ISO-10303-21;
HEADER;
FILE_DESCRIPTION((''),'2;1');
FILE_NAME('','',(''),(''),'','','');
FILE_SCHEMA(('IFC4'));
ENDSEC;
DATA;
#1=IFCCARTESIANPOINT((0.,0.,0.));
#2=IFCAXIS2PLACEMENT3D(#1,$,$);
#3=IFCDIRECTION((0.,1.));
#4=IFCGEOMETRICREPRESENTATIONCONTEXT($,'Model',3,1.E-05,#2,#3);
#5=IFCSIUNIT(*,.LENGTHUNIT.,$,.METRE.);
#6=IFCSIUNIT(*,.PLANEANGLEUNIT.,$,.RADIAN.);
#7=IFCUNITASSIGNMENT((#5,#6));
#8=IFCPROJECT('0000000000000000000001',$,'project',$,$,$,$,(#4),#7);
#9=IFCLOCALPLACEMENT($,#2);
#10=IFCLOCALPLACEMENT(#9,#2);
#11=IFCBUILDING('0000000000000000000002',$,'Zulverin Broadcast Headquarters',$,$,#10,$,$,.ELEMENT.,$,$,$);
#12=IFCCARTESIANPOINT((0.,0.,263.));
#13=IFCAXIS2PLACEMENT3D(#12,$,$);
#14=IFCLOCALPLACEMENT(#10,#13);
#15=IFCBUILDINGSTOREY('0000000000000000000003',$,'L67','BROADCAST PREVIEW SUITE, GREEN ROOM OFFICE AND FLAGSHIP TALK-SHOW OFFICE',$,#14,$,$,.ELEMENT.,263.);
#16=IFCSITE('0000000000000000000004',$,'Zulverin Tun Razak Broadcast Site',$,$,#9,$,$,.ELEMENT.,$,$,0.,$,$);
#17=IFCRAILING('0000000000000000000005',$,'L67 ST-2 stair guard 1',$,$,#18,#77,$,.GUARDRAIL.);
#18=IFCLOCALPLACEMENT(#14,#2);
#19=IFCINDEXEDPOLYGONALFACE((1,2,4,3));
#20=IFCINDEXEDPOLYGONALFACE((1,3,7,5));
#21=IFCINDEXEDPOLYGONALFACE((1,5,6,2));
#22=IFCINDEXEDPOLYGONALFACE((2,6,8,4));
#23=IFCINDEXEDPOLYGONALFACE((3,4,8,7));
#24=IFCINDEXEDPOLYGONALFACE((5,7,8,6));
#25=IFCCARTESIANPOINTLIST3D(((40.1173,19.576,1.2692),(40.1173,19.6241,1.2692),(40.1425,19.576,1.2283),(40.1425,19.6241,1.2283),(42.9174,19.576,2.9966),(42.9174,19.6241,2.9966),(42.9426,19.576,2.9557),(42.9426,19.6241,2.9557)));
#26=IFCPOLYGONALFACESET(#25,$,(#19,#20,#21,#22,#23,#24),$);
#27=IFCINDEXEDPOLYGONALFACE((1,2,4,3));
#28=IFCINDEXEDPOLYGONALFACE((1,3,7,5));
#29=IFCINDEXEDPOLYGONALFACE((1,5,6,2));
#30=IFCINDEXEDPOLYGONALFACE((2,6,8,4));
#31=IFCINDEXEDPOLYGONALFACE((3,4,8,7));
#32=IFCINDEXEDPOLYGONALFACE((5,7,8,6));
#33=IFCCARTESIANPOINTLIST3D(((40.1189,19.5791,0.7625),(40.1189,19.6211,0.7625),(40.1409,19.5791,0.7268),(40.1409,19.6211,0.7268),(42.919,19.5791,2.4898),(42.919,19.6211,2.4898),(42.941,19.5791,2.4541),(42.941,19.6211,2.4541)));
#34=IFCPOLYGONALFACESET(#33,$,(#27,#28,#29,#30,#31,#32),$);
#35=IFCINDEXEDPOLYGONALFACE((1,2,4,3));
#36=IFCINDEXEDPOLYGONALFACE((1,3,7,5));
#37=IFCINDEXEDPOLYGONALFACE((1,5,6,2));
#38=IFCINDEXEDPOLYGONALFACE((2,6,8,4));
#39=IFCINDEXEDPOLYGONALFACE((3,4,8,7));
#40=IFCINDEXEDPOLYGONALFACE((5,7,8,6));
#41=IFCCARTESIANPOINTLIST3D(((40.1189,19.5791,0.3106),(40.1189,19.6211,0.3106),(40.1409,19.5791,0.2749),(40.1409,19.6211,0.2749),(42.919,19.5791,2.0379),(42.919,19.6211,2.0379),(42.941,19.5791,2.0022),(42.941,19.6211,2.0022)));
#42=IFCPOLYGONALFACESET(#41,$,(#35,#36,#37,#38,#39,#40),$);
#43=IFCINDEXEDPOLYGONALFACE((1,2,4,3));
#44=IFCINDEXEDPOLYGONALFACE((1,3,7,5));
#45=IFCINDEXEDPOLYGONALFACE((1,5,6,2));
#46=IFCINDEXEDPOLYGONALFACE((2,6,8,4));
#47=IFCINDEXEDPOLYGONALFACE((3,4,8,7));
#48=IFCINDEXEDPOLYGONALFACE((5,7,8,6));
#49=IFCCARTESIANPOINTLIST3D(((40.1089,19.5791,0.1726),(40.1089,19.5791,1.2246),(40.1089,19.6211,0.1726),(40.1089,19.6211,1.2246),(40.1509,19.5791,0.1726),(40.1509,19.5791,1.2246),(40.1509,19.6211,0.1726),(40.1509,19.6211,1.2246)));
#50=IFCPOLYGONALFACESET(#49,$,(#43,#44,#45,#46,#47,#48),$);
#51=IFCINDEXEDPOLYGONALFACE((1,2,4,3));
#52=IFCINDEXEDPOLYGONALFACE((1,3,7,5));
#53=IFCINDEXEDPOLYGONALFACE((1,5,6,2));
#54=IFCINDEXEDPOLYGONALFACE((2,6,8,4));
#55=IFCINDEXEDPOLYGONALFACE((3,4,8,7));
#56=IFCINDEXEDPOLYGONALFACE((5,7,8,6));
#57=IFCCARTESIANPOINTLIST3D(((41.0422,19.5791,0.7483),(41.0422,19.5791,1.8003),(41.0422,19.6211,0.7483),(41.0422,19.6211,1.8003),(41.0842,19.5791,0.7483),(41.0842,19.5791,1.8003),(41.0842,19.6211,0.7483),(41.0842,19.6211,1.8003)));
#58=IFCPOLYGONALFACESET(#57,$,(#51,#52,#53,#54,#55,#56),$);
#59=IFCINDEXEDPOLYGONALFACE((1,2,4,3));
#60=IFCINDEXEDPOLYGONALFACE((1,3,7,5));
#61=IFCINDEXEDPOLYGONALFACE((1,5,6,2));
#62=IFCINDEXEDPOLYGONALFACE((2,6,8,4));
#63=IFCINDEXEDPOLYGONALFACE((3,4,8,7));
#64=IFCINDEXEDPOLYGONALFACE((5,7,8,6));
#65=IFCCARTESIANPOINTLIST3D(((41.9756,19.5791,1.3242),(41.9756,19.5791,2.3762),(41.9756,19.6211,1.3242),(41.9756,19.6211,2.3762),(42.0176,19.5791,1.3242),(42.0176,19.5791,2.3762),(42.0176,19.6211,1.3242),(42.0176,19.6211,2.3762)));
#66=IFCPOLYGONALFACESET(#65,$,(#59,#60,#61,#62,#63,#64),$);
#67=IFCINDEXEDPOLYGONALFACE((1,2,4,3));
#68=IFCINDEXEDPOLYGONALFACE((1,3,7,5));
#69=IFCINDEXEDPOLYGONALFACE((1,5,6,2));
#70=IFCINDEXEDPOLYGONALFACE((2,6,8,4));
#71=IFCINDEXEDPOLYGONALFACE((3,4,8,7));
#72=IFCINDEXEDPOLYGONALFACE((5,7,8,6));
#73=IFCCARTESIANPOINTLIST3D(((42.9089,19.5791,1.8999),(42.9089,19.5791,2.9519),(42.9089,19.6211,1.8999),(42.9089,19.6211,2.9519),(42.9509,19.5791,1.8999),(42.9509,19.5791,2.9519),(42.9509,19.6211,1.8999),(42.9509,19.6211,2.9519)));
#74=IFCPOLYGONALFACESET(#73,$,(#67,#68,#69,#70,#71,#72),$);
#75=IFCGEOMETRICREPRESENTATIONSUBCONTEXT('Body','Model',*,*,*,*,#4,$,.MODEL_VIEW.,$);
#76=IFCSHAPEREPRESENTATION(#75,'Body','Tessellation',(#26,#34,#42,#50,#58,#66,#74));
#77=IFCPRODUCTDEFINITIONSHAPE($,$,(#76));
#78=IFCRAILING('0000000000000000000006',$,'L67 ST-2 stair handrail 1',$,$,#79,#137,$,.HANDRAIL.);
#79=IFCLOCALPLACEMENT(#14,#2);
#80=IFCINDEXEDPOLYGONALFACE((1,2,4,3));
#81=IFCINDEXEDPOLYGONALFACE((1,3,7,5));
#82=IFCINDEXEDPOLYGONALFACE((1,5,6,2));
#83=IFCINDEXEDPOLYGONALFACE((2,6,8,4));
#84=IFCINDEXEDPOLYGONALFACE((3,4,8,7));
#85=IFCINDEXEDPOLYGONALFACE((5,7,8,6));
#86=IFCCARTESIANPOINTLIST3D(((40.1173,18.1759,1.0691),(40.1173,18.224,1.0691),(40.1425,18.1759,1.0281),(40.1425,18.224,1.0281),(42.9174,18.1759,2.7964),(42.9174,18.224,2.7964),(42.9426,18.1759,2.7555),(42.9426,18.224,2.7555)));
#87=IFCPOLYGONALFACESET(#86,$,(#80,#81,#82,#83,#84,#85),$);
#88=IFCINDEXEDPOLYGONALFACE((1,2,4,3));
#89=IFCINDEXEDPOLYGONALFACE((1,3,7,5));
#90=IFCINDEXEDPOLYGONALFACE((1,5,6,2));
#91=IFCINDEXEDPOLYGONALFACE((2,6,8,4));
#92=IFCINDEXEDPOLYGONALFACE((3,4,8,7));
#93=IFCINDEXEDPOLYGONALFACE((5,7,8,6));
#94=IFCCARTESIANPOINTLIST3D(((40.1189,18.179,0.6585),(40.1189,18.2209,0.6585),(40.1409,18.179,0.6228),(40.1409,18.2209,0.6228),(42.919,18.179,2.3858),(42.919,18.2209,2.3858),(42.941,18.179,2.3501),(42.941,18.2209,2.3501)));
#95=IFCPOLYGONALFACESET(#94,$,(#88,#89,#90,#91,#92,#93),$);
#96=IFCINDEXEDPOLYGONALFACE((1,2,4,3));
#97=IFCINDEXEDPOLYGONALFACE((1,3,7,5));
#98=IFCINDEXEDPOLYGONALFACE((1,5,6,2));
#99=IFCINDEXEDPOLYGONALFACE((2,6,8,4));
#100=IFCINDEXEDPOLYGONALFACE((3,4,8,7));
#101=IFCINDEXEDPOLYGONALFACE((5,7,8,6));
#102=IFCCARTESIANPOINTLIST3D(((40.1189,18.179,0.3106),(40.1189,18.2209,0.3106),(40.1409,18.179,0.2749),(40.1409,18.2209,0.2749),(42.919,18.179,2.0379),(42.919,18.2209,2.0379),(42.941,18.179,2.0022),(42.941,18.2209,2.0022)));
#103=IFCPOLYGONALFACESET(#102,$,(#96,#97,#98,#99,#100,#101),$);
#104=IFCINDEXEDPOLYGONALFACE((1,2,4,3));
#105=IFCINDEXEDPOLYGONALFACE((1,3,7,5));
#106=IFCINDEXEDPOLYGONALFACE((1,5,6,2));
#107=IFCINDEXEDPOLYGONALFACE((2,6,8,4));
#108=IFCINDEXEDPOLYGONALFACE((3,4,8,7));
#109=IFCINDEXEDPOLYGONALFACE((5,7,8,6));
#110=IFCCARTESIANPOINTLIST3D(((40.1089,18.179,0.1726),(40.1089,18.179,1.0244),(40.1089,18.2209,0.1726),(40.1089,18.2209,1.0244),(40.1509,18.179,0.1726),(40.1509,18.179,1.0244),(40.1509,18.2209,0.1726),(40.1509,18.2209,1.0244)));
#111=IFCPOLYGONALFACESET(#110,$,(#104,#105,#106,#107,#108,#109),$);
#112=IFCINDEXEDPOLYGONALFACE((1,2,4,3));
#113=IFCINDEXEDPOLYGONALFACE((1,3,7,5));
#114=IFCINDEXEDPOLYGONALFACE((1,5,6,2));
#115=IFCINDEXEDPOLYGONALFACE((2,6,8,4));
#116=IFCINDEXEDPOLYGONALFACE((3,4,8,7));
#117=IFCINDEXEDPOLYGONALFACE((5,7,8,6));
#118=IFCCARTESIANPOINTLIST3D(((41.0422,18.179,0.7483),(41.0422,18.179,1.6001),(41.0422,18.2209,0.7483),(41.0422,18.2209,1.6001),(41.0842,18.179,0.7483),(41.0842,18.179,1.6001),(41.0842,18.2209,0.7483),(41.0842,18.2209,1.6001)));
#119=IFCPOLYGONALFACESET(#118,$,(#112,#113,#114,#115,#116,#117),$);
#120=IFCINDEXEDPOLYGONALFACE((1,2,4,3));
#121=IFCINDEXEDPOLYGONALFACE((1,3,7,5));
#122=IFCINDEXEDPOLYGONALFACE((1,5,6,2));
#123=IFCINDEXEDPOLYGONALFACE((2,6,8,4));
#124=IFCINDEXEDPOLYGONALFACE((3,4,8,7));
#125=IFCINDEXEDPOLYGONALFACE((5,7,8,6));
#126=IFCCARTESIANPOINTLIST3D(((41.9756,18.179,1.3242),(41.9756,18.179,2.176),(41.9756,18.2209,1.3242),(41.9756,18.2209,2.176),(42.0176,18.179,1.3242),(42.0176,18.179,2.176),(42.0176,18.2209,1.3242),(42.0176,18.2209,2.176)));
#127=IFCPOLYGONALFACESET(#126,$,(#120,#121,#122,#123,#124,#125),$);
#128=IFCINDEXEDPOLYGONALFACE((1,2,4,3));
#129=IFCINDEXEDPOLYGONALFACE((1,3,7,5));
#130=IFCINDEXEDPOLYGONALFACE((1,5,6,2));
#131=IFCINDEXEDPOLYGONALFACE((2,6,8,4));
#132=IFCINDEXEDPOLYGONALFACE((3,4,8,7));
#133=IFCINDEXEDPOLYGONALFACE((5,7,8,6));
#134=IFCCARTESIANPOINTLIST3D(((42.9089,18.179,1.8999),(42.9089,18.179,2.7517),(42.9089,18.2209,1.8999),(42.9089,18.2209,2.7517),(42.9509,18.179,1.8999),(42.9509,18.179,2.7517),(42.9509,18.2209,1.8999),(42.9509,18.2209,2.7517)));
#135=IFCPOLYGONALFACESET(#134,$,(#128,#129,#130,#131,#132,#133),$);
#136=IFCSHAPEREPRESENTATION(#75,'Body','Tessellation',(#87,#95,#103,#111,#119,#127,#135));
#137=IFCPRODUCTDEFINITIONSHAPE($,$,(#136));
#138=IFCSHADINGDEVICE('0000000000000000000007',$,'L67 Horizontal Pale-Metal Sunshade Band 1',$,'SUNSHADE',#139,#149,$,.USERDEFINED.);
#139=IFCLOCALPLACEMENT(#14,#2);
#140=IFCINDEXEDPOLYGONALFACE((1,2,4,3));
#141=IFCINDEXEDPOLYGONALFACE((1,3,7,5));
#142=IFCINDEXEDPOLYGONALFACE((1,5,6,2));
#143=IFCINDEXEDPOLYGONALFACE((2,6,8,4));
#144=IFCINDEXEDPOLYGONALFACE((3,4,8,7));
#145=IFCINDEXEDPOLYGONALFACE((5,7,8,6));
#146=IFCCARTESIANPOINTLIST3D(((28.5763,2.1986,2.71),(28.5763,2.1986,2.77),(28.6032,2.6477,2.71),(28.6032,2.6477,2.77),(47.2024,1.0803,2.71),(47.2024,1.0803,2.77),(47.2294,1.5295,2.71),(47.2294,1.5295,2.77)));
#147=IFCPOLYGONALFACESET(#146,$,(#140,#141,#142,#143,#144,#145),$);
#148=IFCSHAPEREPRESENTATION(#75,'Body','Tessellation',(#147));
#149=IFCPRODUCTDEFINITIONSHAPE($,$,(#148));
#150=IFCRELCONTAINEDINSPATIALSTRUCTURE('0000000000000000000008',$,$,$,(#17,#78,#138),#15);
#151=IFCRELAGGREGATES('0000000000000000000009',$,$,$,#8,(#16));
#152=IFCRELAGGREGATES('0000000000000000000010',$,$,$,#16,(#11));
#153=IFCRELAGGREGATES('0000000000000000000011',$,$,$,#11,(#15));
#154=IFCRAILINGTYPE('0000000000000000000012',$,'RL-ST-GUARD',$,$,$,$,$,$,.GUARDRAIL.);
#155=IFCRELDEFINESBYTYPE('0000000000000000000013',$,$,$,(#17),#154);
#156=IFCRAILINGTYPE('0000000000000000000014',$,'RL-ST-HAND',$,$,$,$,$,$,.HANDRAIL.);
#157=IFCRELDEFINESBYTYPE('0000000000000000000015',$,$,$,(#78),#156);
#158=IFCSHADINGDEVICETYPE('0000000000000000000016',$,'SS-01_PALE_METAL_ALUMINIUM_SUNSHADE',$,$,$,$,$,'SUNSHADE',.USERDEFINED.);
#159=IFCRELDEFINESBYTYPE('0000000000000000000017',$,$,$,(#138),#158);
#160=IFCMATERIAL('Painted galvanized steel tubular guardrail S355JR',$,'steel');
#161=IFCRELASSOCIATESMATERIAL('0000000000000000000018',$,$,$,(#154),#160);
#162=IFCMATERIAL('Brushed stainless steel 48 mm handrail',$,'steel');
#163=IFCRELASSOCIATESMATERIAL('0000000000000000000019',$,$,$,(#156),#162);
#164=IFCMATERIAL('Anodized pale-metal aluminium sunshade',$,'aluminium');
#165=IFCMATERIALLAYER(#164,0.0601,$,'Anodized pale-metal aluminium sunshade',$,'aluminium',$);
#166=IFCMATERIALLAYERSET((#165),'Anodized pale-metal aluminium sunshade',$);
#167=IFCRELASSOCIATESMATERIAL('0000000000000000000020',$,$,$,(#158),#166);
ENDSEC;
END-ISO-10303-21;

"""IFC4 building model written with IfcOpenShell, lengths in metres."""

from ifc_helpers import new_model, si_unit, direction, frame, origin, origin_2d, place, context, subcontext, project, spatial, rectangle, extrude, material, layer, layer_set, type_object, element, save


model = new_model("IFC4")

# Units and contexts
model_context = context("Model", 3, precision=1e-05, world=origin(), true_north=direction((0.0, 1.0)))
body_context = subcontext(model_context, "Body", "Model", "MODEL_VIEW")
ifc_project = project(units=[si_unit("LENGTHUNIT", "METRE"), si_unit("PLANEANGLEUNIT", "RADIAN")], contexts=[model_context])

# Site, building, storey
site_placement = place(None, origin())
site = spatial("IfcSite", under=ifc_project, at=site_placement, Name="Zulverin Tun Razak Broadcast Site", CompositionType="ELEMENT", RefElevation=0.0)
building_placement = place(site_placement, origin())
building = spatial("IfcBuilding", under=site, at=building_placement, Name="Zulverin Broadcast Headquarters", CompositionType="ELEMENT")
storey_placement = place(building_placement, frame((0.0, 0.0, 263.0)))
storey = spatial("IfcBuildingStorey", under=building, at=storey_placement, Name="L67", Description="BROADCAST PREVIEW SUITE, GREEN ROOM OFFICE AND FLAGSHIP TALK-SHOW OFFICE", CompositionType="ELEMENT", Elevation=263.0)

# Railings
ifc_material_1 = material(Name="Painted galvanized steel tubular guardrail S355JR", Category="steel")
railing_type_1 = type_object("IfcRailingType", Name="RL-ST-GUARD", PredefinedType="GUARDRAIL", material=ifc_material_1)
railing_1_placement = place(storey_placement, frame((40.1299, 19.6001, 0.1726)))
element("IfcRailing", 1, at=railing_1_placement, inside=storey, type_object=railing_type_1, Name="L67 ST-2 stair guard 1", PredefinedType="GUARDRAIL", context=body_context, shape_type="SweptSolid", body=[
    extrude(rectangle(XDim=0.0481, YDim=0.0481, at=origin_2d()), frame((0.0, 0.0, 1.0762), z_axis=(0.85109, 0.0, 0.52502), x_axis=(0.0, 1.0, 0.0)), (0.0, 0.0, 1.0), 3.29),
    extrude(rectangle(XDim=0.042, YDim=0.042, at=origin_2d()), frame((0.0, 0.0, 0.572), z_axis=(0.85109, 0.0, 0.52502), x_axis=(0.0, 1.0, 0.0)), (0.0, 0.0, 1.0), 3.29),
    extrude(rectangle(XDim=0.042, YDim=0.042, at=origin_2d()), frame((0.0, 0.0, 0.1201), z_axis=(0.85109, 0.0, 0.52502), x_axis=(0.0, 1.0, 0.0)), (0.0, 0.0, 1.0), 3.29),
    extrude(rectangle(XDim=0.042, YDim=0.042, at=origin_2d()), origin(), (0.0, 0.0, 1.0), 1.052),
    extrude(rectangle(XDim=0.042, YDim=0.042, at=origin_2d()), frame((0.9333, 0.0, 0.5757)), (0.0, 0.0, 1.0), 1.052),
    extrude(rectangle(XDim=0.042, YDim=0.042, at=origin_2d()), frame((1.8667, 0.0, 1.1516)), (0.0, 0.0, 1.0), 1.052),
    extrude(rectangle(XDim=0.042, YDim=0.042, at=origin_2d()), frame((2.8, 0.0, 1.7273)), (0.0, 0.0, 1.0), 1.052),
])
ifc_material_2 = material(Name="Brushed stainless steel 48 mm handrail", Category="steel")
railing_type_2 = type_object("IfcRailingType", Name="RL-ST-HAND", PredefinedType="HANDRAIL", material=ifc_material_2)
railing_2_placement = place(storey_placement, frame((40.1299, 18.2, 0.1726)))
element("IfcRailing", 2, at=railing_2_placement, inside=storey, type_object=railing_type_2, Name="L67 ST-2 stair handrail 1", PredefinedType="HANDRAIL", context=body_context, shape_type="SweptSolid", body=[
    extrude(rectangle(XDim=0.0481, YDim=0.0481, at=origin_2d()), frame((0.0, 0.0, 0.876), z_axis=(0.85109, 0.0, 0.52502), x_axis=(0.0, 1.0, 0.0)), (0.0, 0.0, 1.0), 3.29),
    extrude(rectangle(XDim=0.042, YDim=0.042, at=origin_2d()), frame((0.0, 0.0, 0.468), z_axis=(0.85109, 0.0, 0.52502), x_axis=(0.0, 1.0, 0.0)), (0.0, 0.0, 1.0), 3.29),
    extrude(rectangle(XDim=0.042, YDim=0.042, at=origin_2d()), frame((0.0, 0.0, 0.1201), z_axis=(0.85109, 0.0, 0.52502), x_axis=(0.0, 1.0, 0.0)), (0.0, 0.0, 1.0), 3.29),
    extrude(rectangle(XDim=0.042, YDim=0.042, at=origin_2d()), origin(), (0.0, 0.0, 1.0), 0.8518),
    extrude(rectangle(XDim=0.042, YDim=0.042, at=origin_2d()), frame((0.9333, 0.0, 0.5757)), (0.0, 0.0, 1.0), 0.8518),
    extrude(rectangle(XDim=0.042, YDim=0.042, at=origin_2d()), frame((1.8667, 0.0, 1.1516)), (0.0, 0.0, 1.0), 0.8518),
    extrude(rectangle(XDim=0.042, YDim=0.042, at=origin_2d()), frame((2.8, 0.0, 1.7273)), (0.0, 0.0, 1.0), 0.8518),
])

# Shading device
ifc_material_3 = material(Name="Anodized pale-metal aluminium sunshade", Category="aluminium")
ifc_layer_1 = layer(ifc_material_3, 0.0601, Name="Anodized pale-metal aluminium sunshade", Category="aluminium")
ifc_layer_set_1 = layer_set([ifc_layer_1], Name="Anodized pale-metal aluminium sunshade")
shading_device_type = type_object("IfcShadingDeviceType", Name="SS-01_PALE_METAL_ALUMINIUM_SUNSHADE", ElementType="SUNSHADE", PredefinedType="USERDEFINED", material=ifc_layer_set_1)
shading_device_placement = place(storey_placement, frame((37.9028, 1.864, 2.71), z_axis=(0.0, 0.0, 1.0), x_axis=(0.998203, -0.059928, 0.0)))
element("IfcShadingDevice", 3, at=shading_device_placement, inside=storey, type_object=shading_device_type, Name="L67 Horizontal Pale-Metal Sunshade Band 1", ObjectType="SUNSHADE", PredefinedType="USERDEFINED", context=body_context, shape_type="SweptSolid", body=[
    extrude(rectangle(XDim=18.6597, YDim=0.45, at=origin_2d()), origin(), (0.0, 0.0, 1.0), 0.0601),
])

save(model, "model.ifc")
